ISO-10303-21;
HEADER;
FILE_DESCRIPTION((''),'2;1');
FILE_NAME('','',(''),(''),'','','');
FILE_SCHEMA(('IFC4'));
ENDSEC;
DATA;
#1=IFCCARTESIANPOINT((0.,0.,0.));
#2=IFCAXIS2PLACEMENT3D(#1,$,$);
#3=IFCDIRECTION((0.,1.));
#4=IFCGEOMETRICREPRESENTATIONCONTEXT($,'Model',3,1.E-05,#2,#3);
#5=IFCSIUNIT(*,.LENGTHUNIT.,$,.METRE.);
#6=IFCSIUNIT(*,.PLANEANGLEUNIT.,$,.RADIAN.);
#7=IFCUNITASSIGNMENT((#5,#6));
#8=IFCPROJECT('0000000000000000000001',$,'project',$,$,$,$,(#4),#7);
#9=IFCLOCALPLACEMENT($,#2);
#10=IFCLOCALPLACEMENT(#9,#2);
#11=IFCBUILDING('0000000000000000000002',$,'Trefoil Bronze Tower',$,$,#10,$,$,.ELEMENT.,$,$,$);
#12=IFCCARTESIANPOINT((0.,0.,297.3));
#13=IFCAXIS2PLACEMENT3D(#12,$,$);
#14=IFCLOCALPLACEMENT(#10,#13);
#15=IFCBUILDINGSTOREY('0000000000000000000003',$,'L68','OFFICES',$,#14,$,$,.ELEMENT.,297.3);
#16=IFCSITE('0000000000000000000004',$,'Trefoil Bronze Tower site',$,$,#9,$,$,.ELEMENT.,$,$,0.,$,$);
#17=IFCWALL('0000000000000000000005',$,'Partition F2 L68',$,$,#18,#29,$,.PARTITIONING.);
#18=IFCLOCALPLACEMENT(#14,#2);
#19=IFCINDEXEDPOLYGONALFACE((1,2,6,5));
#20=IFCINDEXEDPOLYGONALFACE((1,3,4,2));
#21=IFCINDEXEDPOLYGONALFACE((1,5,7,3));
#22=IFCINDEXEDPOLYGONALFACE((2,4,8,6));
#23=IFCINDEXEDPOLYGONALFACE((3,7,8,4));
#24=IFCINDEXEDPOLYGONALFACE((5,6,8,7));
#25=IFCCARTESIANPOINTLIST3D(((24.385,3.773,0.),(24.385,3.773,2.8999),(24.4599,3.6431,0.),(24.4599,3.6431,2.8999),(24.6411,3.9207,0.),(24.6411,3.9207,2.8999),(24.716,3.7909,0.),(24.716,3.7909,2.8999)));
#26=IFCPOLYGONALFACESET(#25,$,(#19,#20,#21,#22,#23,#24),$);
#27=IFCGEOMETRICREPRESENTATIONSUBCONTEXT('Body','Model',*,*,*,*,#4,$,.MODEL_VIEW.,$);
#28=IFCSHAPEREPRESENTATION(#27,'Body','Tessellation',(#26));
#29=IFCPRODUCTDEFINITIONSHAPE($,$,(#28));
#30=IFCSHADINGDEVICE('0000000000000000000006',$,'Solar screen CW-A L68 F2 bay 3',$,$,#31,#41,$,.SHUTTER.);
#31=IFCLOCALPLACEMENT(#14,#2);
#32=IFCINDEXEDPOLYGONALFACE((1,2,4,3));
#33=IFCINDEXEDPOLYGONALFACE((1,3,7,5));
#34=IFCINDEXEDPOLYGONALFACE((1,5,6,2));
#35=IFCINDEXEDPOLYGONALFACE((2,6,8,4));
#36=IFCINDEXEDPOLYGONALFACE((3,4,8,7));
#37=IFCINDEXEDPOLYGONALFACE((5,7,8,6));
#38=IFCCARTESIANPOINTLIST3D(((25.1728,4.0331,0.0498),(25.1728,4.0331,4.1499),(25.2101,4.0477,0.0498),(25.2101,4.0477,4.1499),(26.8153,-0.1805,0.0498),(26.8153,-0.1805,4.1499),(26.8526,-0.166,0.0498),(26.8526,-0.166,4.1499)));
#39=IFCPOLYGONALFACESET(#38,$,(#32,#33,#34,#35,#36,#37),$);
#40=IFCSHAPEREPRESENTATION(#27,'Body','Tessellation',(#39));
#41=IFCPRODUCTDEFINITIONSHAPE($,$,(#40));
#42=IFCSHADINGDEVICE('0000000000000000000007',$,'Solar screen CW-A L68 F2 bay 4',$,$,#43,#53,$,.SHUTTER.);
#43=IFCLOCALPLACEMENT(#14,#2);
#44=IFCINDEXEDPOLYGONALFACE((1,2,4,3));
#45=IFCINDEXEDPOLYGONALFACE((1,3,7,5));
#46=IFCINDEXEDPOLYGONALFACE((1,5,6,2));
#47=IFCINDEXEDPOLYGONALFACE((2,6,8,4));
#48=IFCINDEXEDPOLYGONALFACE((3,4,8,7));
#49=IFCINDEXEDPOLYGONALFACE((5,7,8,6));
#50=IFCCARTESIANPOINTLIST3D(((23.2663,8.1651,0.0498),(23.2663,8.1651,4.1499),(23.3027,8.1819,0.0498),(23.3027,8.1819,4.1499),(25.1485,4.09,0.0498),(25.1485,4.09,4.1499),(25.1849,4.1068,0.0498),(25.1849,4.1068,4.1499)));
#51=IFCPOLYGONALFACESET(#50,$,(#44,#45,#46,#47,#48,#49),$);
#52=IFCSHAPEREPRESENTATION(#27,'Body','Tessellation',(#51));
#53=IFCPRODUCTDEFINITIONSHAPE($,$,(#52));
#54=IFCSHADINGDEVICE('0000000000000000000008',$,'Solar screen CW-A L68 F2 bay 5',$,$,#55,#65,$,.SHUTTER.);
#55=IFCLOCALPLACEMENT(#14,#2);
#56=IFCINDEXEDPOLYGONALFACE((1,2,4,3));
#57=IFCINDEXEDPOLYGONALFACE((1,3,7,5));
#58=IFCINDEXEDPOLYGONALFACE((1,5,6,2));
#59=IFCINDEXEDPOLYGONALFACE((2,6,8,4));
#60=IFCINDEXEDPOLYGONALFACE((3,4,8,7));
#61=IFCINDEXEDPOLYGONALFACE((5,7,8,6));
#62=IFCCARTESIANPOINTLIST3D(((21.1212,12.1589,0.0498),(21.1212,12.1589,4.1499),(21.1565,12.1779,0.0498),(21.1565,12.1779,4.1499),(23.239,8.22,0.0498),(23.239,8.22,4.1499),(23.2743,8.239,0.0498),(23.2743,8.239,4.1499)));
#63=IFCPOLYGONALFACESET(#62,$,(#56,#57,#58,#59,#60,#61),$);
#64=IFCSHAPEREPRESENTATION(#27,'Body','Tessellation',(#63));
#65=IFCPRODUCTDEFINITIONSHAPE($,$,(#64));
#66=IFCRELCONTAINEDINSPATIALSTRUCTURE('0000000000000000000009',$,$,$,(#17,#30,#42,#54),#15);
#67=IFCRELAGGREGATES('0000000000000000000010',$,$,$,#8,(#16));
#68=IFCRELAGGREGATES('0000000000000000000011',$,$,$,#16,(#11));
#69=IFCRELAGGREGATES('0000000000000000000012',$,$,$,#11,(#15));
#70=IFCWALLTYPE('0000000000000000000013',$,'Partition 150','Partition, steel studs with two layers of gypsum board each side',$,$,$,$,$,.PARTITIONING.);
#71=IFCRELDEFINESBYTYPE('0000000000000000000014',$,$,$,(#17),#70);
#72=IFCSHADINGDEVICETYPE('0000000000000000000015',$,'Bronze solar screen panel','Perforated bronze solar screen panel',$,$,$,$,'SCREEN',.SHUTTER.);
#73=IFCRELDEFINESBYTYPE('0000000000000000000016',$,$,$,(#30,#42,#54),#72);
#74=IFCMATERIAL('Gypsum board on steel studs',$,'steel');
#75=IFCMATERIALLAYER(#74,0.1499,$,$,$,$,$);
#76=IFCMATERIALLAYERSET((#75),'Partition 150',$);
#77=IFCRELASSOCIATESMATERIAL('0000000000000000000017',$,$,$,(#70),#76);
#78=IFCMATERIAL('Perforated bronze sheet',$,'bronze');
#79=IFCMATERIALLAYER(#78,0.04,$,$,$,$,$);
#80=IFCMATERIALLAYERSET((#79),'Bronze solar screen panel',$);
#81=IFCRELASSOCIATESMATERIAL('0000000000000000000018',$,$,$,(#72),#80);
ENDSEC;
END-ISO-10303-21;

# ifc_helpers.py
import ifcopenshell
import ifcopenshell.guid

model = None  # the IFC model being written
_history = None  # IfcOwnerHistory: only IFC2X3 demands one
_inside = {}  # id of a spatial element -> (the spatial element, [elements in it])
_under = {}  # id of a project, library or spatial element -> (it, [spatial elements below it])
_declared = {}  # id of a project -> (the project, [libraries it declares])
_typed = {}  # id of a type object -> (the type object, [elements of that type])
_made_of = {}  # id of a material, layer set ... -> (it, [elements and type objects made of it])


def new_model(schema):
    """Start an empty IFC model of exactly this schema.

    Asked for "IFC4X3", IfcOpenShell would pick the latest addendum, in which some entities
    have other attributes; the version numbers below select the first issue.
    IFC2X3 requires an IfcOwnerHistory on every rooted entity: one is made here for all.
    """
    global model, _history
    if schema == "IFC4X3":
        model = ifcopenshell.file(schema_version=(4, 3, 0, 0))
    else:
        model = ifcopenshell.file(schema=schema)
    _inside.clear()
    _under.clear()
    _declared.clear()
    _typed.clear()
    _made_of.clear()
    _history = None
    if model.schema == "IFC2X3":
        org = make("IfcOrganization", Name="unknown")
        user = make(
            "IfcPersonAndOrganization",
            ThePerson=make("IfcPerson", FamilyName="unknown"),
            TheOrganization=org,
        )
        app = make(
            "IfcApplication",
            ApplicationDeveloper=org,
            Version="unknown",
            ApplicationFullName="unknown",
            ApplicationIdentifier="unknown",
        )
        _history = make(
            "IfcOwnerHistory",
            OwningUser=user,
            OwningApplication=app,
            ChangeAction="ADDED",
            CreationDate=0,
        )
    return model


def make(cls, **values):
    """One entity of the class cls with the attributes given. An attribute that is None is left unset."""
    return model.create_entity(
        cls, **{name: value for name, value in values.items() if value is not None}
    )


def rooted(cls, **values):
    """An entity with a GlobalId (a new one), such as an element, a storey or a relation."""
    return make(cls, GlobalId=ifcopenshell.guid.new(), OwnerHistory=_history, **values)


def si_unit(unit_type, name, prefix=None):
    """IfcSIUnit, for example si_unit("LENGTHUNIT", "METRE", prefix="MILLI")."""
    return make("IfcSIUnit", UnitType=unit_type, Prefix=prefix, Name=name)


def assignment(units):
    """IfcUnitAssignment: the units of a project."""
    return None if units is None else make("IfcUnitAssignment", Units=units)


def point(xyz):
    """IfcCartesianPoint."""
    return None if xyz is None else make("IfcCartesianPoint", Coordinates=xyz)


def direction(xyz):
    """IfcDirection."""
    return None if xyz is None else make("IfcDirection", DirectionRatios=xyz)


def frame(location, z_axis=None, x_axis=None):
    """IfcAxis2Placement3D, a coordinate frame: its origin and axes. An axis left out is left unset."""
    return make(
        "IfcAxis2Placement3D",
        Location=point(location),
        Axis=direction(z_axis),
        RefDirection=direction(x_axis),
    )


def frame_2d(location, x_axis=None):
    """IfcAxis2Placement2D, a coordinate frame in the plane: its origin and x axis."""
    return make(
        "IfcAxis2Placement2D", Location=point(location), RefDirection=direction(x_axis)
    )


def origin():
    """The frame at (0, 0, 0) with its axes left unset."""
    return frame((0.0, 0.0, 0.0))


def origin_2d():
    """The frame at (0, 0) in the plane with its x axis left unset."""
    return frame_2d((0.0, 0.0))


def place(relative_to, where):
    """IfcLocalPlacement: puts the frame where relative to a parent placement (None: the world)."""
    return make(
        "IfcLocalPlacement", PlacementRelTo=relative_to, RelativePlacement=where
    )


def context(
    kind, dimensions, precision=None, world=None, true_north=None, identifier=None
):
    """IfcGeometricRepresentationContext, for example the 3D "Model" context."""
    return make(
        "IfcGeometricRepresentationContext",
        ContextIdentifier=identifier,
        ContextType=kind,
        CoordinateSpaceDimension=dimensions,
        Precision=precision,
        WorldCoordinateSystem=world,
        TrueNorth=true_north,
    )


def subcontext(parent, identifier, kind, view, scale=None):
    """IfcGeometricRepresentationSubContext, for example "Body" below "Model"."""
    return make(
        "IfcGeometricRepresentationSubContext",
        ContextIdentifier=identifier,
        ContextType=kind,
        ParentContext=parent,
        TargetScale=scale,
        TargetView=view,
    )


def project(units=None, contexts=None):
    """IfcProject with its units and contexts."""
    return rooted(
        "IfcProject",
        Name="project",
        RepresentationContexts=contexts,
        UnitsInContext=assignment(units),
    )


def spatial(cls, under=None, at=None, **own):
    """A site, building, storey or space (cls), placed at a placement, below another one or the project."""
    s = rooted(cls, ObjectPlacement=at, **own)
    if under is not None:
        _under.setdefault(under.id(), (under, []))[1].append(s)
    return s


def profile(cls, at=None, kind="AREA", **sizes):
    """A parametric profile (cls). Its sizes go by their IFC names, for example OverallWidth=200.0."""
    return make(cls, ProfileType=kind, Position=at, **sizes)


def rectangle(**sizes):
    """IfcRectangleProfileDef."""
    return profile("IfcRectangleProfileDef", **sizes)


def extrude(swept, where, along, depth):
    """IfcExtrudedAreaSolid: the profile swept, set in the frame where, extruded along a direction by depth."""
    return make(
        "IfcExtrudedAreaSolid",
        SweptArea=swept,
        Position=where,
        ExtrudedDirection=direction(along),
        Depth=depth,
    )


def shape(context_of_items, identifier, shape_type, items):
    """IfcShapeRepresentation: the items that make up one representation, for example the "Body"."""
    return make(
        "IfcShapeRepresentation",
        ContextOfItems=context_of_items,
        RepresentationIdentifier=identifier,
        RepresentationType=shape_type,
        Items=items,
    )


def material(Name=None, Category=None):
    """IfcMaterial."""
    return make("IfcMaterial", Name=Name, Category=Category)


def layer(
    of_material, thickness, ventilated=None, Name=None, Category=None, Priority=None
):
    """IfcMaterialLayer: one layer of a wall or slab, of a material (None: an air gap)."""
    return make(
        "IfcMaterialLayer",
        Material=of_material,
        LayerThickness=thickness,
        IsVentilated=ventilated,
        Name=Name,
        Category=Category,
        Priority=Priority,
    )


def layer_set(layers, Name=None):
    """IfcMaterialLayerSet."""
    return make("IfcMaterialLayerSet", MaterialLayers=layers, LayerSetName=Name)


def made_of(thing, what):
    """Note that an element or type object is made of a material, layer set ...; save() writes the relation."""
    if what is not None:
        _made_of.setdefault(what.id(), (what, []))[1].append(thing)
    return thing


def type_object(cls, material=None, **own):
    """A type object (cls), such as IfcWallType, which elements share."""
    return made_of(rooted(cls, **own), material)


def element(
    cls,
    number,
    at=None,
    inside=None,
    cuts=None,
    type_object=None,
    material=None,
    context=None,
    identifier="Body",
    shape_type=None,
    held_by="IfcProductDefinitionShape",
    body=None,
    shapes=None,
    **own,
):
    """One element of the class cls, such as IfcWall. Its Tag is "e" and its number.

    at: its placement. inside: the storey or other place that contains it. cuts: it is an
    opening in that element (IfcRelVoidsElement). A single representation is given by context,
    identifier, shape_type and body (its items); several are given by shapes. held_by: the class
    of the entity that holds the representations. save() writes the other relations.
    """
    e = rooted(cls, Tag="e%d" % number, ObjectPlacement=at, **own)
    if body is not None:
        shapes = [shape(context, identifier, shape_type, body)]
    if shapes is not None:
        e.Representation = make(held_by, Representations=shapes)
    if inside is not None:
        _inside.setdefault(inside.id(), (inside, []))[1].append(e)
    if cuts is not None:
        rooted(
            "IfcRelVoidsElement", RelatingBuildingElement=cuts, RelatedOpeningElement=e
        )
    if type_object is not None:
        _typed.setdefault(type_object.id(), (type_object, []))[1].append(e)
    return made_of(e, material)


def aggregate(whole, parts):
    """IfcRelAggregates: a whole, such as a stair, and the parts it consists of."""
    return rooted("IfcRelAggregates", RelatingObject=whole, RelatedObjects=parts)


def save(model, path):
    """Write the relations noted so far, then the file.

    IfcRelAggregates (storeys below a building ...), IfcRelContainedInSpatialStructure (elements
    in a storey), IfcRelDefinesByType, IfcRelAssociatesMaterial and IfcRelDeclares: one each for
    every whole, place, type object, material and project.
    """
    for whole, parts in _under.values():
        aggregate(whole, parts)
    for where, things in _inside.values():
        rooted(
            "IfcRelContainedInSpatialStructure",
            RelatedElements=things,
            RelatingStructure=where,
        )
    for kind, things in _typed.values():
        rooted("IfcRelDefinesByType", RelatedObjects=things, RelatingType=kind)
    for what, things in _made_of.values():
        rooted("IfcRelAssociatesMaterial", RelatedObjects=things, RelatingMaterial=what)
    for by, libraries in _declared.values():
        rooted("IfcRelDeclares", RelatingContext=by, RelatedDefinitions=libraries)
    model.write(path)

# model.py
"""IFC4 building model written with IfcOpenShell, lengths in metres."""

from ifc_helpers import new_model, si_unit, direction, frame, frame_2d, origin, origin_2d, place, context, subcontext, project, spatial, rectangle, extrude, material, layer, layer_set, type_object, element, save


model = new_model("IFC4")

# Units and contexts
model_context = context("Model", 3, precision=1e-05, world=origin(), true_north=direction((0.0, 1.0)))
body_context = subcontext(model_context, "Body", "Model", "MODEL_VIEW")
ifc_project = project(units=[si_unit("LENGTHUNIT", "METRE"), si_unit("PLANEANGLEUNIT", "RADIAN")], contexts=[model_context])

# Site, building, storey
site_placement = place(None, origin())
site = spatial("IfcSite", under=ifc_project, at=site_placement, Name="Trefoil Bronze Tower site", CompositionType="ELEMENT", RefElevation=0.0)
building_placement = place(site_placement, origin())
building = spatial("IfcBuilding", under=site, at=building_placement, Name="Trefoil Bronze Tower", CompositionType="ELEMENT")
storey_placement = place(building_placement, frame((0.0, 0.0, 297.3)))
storey = spatial("IfcBuildingStorey", under=building, at=storey_placement, Name="L68", Description="OFFICES", CompositionType="ELEMENT", Elevation=297.3)

# Wall
ifc_material_1 = material(Name="Gypsum board on steel studs", Category="steel")
ifc_layer_1 = layer(ifc_material_1, 0.1499)
ifc_layer_set_1 = layer_set([ifc_layer_1], Name="Partition 150")
wall_type_1 = type_object("IfcWallType", Name="Partition 150", Description="Partition, steel studs with two layers of gypsum board each side", PredefinedType="PARTITIONING", material=ifc_layer_set_1)
wall_1_placement = place(storey_placement, frame((24.4224, 3.708, 0.0), z_axis=(0.0, 0.0, 1.0), x_axis=(0.866254, 0.499603, 0.0)))
element("IfcWall", 1, at=wall_1_placement, inside=storey, type_object=wall_type_1, Name="Partition F2 L68", PredefinedType="PARTITIONING", context=body_context, shape_type="SweptSolid", body=[
    extrude(rectangle(XDim=0.2957, YDim=0.1499, at=frame_2d((0.1479, 0.0))), origin(), (0.0, 0.0, 1.0), 2.8999),
])

# Shading devices
ifc_material_2 = material(Name="Perforated bronze sheet", Category="bronze")
ifc_layer_2 = layer(ifc_material_2, 0.04)
ifc_layer_set_2 = layer_set([ifc_layer_2], Name="Bronze solar screen panel")
shading_device_type = type_object("IfcShadingDeviceType", Name="Bronze solar screen panel", Description="Perforated bronze solar screen panel", ElementType="SCREEN", PredefinedType="SHUTTER", material=ifc_layer_set_2)
shading_device_1_placement = place(storey_placement, frame((26.0127, 1.9336, 0.0498), z_axis=(0.0, 0.0, 1.0), x_axis=(-0.363199, 0.931712, 0.0)))
element("IfcShadingDevice", 2, at=shading_device_1_placement, inside=storey, type_object=shading_device_type, Name="Solar screen CW-A L68 F2 bay 3", PredefinedType="SHUTTER", context=body_context, shape_type="SweptSolid", body=[
    extrude(rectangle(XDim=4.5225, YDim=0.04, at=origin_2d()), origin(), (0.0, 0.0, 1.0), 4.1001),
])
shading_device_2_placement = place(storey_placement, frame((24.2256, 6.136, 0.0498), z_axis=(0.0, 0.0, 1.0), x_axis=(-0.419309, 0.907844, 0.0)))
element("IfcShadingDevice", 3, at=shading_device_2_placement, inside=storey, type_object=shading_device_type, Name="Solar screen CW-A L68 F2 bay 4", PredefinedType="SHUTTER", context=body_context, shape_type="SweptSolid", body=[
    extrude(rectangle(XDim=4.4888, YDim=0.04, at=origin_2d()), origin(), (0.0, 0.0, 1.0), 4.1001),
])
shading_device_3_placement = place(storey_placement, frame((22.1978, 10.199, 0.0498), z_axis=(0.0, 0.0, 1.0), x_axis=(-0.473562, 0.88076, 0.0)))
element("IfcShadingDevice", 4, at=shading_device_3_placement, inside=storey, type_object=shading_device_type, Name="Solar screen CW-A L68 F2 bay 5", PredefinedType="SHUTTER", context=body_context, shape_type="SweptSolid", body=[
    extrude(rectangle(XDim=4.4722, YDim=0.04, at=origin_2d()), origin(), (0.0, 0.0, 1.0), 4.1001),
])

save(model, "model.ifc")
